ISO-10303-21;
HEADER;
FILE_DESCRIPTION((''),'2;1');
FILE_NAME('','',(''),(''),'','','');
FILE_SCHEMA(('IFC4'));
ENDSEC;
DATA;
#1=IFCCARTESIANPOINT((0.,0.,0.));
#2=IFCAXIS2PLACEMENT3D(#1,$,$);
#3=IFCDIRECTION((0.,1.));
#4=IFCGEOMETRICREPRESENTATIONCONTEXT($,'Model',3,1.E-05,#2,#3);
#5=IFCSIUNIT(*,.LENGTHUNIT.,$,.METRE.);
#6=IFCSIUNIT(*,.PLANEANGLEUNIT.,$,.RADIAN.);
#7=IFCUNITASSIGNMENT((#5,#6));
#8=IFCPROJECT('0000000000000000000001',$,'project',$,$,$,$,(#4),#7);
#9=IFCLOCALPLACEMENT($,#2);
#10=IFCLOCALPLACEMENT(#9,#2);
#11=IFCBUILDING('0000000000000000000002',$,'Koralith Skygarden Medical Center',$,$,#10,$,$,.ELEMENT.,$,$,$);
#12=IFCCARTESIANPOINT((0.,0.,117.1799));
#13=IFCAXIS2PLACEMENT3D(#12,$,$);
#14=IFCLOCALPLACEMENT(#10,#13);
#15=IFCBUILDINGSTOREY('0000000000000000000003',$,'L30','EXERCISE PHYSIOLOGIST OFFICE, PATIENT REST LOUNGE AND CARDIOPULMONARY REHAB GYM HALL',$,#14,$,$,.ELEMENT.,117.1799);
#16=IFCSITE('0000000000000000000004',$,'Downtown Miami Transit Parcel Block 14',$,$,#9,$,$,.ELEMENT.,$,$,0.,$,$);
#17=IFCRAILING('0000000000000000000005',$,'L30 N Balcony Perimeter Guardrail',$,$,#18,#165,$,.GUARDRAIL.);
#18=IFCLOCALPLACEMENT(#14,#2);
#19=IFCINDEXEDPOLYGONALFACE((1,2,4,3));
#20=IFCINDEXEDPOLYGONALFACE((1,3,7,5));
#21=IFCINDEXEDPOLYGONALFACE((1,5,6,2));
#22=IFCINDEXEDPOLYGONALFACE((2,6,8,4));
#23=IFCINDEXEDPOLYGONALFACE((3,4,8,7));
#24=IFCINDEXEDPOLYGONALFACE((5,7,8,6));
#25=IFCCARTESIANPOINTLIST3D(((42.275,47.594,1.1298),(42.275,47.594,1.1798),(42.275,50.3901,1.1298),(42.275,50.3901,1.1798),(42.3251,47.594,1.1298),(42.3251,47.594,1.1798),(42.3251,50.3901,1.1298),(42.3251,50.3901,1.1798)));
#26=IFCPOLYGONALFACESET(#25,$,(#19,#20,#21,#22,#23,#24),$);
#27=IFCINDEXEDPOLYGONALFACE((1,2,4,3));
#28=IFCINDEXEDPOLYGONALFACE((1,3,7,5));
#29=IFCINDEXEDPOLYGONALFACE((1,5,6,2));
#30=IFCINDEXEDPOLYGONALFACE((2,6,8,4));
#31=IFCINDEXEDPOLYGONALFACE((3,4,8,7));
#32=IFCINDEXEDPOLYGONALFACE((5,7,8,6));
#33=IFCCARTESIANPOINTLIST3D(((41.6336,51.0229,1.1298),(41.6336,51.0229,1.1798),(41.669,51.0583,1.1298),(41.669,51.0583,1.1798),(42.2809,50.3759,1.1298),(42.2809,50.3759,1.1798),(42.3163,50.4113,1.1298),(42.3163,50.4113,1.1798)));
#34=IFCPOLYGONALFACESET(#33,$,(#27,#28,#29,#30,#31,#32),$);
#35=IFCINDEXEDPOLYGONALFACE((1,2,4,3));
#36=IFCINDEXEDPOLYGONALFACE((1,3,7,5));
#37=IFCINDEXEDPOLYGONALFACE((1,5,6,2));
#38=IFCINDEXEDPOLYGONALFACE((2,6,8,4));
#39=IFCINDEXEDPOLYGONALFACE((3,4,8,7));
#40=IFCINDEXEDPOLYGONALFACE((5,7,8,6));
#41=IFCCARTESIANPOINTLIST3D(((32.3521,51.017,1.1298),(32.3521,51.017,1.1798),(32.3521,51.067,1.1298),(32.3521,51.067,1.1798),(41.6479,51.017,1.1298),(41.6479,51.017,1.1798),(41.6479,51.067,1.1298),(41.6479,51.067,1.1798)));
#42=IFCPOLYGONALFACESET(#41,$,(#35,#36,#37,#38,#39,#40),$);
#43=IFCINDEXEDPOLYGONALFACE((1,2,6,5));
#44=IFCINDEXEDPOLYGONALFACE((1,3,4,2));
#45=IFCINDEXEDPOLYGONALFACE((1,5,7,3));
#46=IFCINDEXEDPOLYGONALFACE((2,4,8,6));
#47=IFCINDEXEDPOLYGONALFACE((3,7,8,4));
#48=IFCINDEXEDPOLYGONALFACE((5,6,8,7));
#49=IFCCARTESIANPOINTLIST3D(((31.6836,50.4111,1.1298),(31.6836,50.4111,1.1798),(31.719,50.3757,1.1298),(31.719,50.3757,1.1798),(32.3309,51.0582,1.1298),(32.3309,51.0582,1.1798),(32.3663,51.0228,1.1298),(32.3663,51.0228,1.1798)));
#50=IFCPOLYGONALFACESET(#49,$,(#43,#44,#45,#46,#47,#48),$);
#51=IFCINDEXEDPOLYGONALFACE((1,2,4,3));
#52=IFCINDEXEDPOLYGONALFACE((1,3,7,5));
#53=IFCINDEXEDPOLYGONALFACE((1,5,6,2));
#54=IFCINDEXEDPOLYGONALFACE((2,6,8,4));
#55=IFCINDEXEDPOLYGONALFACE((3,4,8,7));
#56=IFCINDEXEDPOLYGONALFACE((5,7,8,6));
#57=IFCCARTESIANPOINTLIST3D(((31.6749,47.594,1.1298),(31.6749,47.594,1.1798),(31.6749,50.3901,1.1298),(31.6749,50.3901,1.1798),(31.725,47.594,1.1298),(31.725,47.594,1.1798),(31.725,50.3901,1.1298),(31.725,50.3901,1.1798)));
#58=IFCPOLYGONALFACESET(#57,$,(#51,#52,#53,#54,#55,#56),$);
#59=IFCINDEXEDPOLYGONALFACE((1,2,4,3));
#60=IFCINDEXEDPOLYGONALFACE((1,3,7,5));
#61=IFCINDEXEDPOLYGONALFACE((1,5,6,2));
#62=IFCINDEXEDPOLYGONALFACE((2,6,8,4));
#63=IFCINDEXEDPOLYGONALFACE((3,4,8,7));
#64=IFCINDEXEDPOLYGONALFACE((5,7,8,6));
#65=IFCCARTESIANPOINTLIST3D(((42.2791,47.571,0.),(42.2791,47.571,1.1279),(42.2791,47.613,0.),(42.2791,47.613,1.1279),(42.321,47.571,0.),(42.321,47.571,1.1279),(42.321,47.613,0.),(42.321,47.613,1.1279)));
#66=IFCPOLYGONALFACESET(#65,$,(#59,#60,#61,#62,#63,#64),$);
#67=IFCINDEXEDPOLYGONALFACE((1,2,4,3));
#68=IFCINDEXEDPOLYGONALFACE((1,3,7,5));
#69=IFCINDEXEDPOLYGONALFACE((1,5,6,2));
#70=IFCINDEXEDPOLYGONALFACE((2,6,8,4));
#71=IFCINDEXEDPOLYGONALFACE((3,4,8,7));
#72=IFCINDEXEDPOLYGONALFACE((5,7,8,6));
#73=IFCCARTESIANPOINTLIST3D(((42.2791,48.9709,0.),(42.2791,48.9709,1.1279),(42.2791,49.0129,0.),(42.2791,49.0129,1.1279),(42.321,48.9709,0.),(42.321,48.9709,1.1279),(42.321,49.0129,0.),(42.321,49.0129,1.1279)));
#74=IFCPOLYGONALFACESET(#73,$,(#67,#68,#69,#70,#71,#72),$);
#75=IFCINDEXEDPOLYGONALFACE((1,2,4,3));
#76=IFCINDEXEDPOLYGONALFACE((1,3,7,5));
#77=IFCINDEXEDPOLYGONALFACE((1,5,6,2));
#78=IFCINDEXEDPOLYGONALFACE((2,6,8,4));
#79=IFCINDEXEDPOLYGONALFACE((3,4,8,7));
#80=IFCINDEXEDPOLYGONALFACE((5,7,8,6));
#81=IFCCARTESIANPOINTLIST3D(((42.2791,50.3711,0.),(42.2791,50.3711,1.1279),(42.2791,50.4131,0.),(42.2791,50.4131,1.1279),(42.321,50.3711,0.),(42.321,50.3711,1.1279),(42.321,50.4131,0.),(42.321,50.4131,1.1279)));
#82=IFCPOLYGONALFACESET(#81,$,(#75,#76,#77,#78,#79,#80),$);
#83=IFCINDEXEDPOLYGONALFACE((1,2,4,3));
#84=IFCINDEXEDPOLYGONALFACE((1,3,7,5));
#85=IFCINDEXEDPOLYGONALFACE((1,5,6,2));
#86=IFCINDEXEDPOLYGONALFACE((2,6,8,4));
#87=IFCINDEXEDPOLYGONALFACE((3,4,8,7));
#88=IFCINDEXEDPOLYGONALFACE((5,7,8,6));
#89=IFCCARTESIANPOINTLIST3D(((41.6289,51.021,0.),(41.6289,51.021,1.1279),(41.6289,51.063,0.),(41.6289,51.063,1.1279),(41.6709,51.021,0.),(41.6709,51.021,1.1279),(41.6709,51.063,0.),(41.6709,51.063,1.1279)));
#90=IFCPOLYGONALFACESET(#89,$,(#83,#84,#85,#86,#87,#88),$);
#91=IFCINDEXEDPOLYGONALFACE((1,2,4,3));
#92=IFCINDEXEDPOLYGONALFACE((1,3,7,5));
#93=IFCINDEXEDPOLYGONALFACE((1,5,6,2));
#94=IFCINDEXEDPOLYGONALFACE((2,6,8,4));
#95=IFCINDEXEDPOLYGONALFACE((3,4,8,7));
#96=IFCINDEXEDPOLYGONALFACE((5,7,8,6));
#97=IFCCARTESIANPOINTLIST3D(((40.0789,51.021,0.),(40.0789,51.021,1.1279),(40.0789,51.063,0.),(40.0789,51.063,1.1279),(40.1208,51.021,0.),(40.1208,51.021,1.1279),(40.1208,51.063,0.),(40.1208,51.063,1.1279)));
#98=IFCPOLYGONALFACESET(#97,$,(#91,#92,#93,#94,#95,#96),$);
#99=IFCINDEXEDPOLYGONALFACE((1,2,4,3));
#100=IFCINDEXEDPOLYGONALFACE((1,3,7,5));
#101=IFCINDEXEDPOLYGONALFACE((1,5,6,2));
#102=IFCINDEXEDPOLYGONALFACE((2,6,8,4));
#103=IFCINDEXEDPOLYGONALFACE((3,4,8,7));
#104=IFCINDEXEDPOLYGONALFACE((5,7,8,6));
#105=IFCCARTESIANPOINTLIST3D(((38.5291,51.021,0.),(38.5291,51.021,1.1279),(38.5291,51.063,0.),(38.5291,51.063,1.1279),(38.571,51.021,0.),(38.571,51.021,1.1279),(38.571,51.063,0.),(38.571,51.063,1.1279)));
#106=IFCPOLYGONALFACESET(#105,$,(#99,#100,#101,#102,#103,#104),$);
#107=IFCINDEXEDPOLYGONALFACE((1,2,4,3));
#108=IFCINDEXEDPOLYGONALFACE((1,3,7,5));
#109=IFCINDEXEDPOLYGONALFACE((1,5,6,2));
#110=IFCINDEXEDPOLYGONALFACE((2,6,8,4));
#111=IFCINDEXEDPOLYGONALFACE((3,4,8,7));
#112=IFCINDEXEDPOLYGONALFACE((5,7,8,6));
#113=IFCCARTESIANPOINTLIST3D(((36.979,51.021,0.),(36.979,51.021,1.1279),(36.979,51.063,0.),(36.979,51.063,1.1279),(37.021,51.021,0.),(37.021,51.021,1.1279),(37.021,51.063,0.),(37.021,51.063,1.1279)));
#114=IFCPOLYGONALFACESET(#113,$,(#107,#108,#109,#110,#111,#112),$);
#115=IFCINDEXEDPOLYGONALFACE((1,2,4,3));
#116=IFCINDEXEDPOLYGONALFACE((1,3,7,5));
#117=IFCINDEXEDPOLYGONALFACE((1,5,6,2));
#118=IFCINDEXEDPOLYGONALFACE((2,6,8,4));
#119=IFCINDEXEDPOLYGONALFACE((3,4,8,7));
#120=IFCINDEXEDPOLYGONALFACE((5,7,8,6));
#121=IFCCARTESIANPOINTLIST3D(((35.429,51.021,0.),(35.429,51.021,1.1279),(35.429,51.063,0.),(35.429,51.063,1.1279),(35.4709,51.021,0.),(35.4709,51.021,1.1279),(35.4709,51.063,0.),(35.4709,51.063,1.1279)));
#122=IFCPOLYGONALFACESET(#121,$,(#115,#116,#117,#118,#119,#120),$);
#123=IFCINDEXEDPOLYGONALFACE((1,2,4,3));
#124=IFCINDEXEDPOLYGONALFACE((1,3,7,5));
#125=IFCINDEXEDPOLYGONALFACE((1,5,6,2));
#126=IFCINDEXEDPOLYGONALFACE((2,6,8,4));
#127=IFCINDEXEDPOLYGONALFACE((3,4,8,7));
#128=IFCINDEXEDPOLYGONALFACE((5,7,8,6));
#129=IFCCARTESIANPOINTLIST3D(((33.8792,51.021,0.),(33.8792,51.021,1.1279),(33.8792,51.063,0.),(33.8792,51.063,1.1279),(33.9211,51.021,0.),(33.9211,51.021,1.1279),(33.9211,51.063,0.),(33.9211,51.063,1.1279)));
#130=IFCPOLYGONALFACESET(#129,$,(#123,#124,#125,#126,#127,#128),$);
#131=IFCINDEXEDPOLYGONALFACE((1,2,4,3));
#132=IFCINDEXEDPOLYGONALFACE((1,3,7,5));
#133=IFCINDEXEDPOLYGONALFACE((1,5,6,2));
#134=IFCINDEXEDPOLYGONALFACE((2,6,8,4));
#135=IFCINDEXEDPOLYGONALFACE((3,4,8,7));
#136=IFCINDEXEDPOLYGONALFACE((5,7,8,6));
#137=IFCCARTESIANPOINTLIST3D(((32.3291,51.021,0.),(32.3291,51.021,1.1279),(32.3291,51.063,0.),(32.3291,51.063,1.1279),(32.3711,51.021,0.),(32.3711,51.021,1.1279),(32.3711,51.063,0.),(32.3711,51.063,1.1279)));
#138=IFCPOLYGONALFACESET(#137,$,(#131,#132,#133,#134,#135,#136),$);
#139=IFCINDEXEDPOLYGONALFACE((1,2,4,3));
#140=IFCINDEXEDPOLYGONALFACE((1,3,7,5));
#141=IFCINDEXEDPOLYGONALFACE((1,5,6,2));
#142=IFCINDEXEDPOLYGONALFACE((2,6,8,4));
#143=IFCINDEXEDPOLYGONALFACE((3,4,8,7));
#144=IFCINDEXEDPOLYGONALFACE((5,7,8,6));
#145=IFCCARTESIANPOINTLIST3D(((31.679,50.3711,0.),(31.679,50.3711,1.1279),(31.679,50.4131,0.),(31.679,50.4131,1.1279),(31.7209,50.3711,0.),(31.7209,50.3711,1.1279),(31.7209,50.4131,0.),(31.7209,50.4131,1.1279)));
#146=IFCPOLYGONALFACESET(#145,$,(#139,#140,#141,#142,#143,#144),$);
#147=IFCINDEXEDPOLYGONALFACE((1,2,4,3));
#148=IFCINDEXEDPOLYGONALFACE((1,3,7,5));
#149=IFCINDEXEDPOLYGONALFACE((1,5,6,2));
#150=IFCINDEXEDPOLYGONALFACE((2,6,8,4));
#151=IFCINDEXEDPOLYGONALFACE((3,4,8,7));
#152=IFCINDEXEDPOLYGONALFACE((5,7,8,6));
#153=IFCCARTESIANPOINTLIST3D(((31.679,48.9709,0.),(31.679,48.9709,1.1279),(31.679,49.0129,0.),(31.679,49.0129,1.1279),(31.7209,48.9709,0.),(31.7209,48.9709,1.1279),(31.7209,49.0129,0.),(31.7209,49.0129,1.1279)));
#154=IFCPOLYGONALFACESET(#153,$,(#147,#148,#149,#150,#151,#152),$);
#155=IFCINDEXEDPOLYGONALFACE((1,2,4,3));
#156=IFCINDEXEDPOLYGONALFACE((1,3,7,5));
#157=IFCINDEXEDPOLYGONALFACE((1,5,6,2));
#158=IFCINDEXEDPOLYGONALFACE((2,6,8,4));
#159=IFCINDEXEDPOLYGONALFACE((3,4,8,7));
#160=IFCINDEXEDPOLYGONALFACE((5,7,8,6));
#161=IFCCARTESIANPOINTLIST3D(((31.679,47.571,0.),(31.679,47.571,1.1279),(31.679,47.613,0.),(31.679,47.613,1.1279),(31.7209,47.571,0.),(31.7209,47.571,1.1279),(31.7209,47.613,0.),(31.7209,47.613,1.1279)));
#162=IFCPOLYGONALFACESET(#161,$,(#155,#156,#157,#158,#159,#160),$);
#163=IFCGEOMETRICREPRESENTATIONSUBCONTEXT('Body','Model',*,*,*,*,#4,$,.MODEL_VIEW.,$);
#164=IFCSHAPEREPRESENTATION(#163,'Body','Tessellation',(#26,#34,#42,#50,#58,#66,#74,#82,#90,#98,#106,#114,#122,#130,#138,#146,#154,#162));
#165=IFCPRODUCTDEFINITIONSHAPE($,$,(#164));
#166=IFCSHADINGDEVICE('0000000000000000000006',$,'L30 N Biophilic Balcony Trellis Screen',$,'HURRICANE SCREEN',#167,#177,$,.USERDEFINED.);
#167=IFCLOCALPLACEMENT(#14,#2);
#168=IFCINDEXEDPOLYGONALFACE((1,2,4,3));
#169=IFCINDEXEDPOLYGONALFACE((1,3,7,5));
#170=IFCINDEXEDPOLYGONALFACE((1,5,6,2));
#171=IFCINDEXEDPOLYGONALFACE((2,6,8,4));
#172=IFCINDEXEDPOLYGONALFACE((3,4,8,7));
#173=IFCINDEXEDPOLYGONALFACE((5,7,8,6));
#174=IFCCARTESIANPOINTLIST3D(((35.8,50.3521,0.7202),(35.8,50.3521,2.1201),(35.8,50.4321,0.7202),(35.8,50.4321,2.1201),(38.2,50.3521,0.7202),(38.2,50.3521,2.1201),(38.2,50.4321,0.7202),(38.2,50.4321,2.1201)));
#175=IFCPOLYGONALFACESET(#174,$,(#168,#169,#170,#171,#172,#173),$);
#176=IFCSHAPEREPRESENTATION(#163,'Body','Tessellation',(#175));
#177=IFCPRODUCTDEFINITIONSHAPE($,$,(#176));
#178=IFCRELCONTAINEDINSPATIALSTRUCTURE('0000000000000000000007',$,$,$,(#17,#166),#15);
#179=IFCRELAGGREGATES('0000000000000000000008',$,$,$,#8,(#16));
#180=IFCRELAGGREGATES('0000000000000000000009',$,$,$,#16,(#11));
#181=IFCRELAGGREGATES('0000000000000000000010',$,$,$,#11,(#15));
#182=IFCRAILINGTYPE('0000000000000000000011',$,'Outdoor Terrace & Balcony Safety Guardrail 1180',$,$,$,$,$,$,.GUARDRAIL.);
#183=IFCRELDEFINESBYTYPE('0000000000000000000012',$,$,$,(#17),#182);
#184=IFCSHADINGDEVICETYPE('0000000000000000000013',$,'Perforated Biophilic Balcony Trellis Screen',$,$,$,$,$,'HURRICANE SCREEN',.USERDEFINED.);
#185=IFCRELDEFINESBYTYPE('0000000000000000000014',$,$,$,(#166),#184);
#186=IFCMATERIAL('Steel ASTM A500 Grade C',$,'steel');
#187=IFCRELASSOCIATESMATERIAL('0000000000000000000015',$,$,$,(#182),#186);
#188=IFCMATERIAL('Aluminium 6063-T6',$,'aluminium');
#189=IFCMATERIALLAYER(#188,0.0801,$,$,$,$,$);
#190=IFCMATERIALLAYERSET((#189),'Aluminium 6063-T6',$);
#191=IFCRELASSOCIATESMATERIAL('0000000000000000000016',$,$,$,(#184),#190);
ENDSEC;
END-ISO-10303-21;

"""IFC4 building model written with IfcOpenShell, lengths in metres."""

from ifc_helpers import new_model, si_unit, direction, frame, origin, origin_2d, place, context, subcontext, project, spatial, rectangle, extrude, material, layer, layer_set, type_object, element, save


model = new_model("IFC4")

# Units and contexts
model_context = context("Model", 3, precision=1e-05, world=origin(), true_north=direction((0.0, 1.0)))
body_context = subcontext(model_context, "Body", "Model", "MODEL_VIEW")
ifc_project = project(units=[si_unit("LENGTHUNIT", "METRE"), si_unit("PLANEANGLEUNIT", "RADIAN")], contexts=[model_context])

# Site, building, storey
site_placement = place(None, origin())
site = spatial("IfcSite", under=ifc_project, at=site_placement, Name="Downtown Miami Transit Parcel Block 14", CompositionType="ELEMENT", RefElevation=0.0)
building_placement = place(site_placement, origin())
building = spatial("IfcBuilding", under=site, at=building_placement, Name="Koralith Skygarden Medical Center", CompositionType="ELEMENT")
storey_placement = place(building_placement, frame((0.0, 0.0, 117.1799)))
storey = spatial("IfcBuildingStorey", under=building, at=storey_placement, Name="L30", Description="EXERCISE PHYSIOLOGIST OFFICE, PATIENT REST LOUNGE AND CARDIOPULMONARY REHAB GYM HALL", CompositionType="ELEMENT", Elevation=117.1799)

# Shared definitions
ifc_material_1 = material(Name="Aluminium 6063-T6", Category="aluminium")

# Railing
ifc_material_2 = material(Name="Steel ASTM A500 Grade C", Category="steel")
railing_type = type_object("IfcRailingType", Name="Outdoor Terrace & Balcony Safety Guardrail 1180", PredefinedType="GUARDRAIL", material=ifc_material_2)
railing_placement = place(storey_placement, frame((42.3, 47.592, 0.0)))
element("IfcRailing", 1, at=railing_placement, inside=storey, type_object=railing_type, Name="L30 N Balcony Perimeter Guardrail", PredefinedType="GUARDRAIL", context=body_context, shape_type="SweptSolid", body=[
    extrude(rectangle(XDim=0.05, YDim=0.05, at=origin_2d()), frame((0.0, 0.002, 1.1548), z_axis=(0.0, 1.0, 0.0), x_axis=(-1.0, 0.0, 0.0)), (0.0, 0.0, 1.0), 2.7961),
    extrude(rectangle(XDim=0.05, YDim=0.05, at=origin_2d()), frame((-0.0015, 2.8015, 1.1548), z_axis=(-0.70724, 0.706974, 0.0), x_axis=(-0.706974, -0.70724, 0.0)), (0.0, 0.0, 1.0), 0.9153),
    extrude(rectangle(XDim=0.05, YDim=0.05, at=origin_2d()), frame((-0.6521, 3.45, 1.1548), z_axis=(-1.0, 0.0, 0.0), x_axis=(0.0, -1.0, 0.0)), (0.0, 0.0, 1.0), 9.2959),
    extrude(rectangle(XDim=0.05, YDim=0.05, at=origin_2d()), frame((-9.9514, 3.4485, 1.1548), z_axis=(-0.70724, -0.706974, 0.0), x_axis=(0.706974, -0.70724, 0.0)), (0.0, 0.0, 1.0), 0.9153),
    extrude(rectangle(XDim=0.05, YDim=0.05, at=origin_2d()), frame((-10.6001, 2.7981, 1.1548), z_axis=(0.0, -1.0, 0.0), x_axis=(1.0, 0.0, 0.0)), (0.0, 0.0, 1.0), 2.7961),
    extrude(rectangle(XDim=0.042, YDim=0.042, at=origin_2d()), origin(), (0.0, 0.0, 1.0), 1.1279),
    extrude(rectangle(XDim=0.042, YDim=0.042, at=origin_2d()), frame((0.0, 1.3999, 0.0)), (0.0, 0.0, 1.0), 1.1279),
    extrude(rectangle(XDim=0.042, YDim=0.042, at=origin_2d()), frame((0.0, 2.8, 0.0)), (0.0, 0.0, 1.0), 1.1279),
    extrude(rectangle(XDim=0.042, YDim=0.042, at=origin_2d()), frame((-0.6501, 3.45, 0.0)), (0.0, 0.0, 1.0), 1.1279),
    extrude(rectangle(XDim=0.042, YDim=0.042, at=origin_2d()), frame((-2.2002, 3.45, 0.0)), (0.0, 0.0, 1.0), 1.1279),
    extrude(rectangle(XDim=0.042, YDim=0.042, at=origin_2d()), frame((-3.75, 3.45, 0.0)), (0.0, 0.0, 1.0), 1.1279),
    extrude(rectangle(XDim=0.042, YDim=0.042, at=origin_2d()), frame((-5.3, 3.45, 0.0)), (0.0, 0.0, 1.0), 1.1279),
    extrude(rectangle(XDim=0.042, YDim=0.042, at=origin_2d()), frame((-6.8501, 3.45, 0.0)), (0.0, 0.0, 1.0), 1.1279),
    extrude(rectangle(XDim=0.042, YDim=0.042, at=origin_2d()), frame((-8.3999, 3.45, 0.0)), (0.0, 0.0, 1.0), 1.1279),
    extrude(rectangle(XDim=0.042, YDim=0.042, at=origin_2d()), frame((-9.95, 3.45, 0.0)), (0.0, 0.0, 1.0), 1.1279),
    extrude(rectangle(XDim=0.042, YDim=0.042, at=origin_2d()), frame((-10.6001, 2.8, 0.0)), (0.0, 0.0, 1.0), 1.1279),
    extrude(rectangle(XDim=0.042, YDim=0.042, at=origin_2d()), frame((-10.6001, 1.3999, 0.0)), (0.0, 0.0, 1.0), 1.1279),
    extrude(rectangle(XDim=0.042, YDim=0.042, at=origin_2d()), frame((-10.6001, 0.0, 0.0)), (0.0, 0.0, 1.0), 1.1279),
])

# Shading device
ifc_layer_1 = layer(ifc_material_1, 0.0801)
ifc_layer_set_1 = layer_set([ifc_layer_1], Name="Aluminium 6063-T6")
shading_device_type = type_object("IfcShadingDeviceType", Name="Perforated Biophilic Balcony Trellis Screen", ElementType="HURRICANE SCREEN", PredefinedType="USERDEFINED", material=ifc_layer_set_1)
shading_device_placement = place(storey_placement, frame((37.0, 50.3921, 0.7202), z_axis=(0.0, 0.0, 1.0), x_axis=(1.0, 0.0, 0.0)))
element("IfcShadingDevice", 2, at=shading_device_placement, inside=storey, type_object=shading_device_type, Name="L30 N Biophilic Balcony Trellis Screen", ObjectType="HURRICANE SCREEN", PredefinedType="USERDEFINED", context=body_context, shape_type="SweptSolid", body=[
    extrude(rectangle(XDim=2.3999, YDim=0.0801, at=origin_2d()), origin(), (0.0, 0.0, 1.0), 1.3999),
])

save(model, "model.ifc")
